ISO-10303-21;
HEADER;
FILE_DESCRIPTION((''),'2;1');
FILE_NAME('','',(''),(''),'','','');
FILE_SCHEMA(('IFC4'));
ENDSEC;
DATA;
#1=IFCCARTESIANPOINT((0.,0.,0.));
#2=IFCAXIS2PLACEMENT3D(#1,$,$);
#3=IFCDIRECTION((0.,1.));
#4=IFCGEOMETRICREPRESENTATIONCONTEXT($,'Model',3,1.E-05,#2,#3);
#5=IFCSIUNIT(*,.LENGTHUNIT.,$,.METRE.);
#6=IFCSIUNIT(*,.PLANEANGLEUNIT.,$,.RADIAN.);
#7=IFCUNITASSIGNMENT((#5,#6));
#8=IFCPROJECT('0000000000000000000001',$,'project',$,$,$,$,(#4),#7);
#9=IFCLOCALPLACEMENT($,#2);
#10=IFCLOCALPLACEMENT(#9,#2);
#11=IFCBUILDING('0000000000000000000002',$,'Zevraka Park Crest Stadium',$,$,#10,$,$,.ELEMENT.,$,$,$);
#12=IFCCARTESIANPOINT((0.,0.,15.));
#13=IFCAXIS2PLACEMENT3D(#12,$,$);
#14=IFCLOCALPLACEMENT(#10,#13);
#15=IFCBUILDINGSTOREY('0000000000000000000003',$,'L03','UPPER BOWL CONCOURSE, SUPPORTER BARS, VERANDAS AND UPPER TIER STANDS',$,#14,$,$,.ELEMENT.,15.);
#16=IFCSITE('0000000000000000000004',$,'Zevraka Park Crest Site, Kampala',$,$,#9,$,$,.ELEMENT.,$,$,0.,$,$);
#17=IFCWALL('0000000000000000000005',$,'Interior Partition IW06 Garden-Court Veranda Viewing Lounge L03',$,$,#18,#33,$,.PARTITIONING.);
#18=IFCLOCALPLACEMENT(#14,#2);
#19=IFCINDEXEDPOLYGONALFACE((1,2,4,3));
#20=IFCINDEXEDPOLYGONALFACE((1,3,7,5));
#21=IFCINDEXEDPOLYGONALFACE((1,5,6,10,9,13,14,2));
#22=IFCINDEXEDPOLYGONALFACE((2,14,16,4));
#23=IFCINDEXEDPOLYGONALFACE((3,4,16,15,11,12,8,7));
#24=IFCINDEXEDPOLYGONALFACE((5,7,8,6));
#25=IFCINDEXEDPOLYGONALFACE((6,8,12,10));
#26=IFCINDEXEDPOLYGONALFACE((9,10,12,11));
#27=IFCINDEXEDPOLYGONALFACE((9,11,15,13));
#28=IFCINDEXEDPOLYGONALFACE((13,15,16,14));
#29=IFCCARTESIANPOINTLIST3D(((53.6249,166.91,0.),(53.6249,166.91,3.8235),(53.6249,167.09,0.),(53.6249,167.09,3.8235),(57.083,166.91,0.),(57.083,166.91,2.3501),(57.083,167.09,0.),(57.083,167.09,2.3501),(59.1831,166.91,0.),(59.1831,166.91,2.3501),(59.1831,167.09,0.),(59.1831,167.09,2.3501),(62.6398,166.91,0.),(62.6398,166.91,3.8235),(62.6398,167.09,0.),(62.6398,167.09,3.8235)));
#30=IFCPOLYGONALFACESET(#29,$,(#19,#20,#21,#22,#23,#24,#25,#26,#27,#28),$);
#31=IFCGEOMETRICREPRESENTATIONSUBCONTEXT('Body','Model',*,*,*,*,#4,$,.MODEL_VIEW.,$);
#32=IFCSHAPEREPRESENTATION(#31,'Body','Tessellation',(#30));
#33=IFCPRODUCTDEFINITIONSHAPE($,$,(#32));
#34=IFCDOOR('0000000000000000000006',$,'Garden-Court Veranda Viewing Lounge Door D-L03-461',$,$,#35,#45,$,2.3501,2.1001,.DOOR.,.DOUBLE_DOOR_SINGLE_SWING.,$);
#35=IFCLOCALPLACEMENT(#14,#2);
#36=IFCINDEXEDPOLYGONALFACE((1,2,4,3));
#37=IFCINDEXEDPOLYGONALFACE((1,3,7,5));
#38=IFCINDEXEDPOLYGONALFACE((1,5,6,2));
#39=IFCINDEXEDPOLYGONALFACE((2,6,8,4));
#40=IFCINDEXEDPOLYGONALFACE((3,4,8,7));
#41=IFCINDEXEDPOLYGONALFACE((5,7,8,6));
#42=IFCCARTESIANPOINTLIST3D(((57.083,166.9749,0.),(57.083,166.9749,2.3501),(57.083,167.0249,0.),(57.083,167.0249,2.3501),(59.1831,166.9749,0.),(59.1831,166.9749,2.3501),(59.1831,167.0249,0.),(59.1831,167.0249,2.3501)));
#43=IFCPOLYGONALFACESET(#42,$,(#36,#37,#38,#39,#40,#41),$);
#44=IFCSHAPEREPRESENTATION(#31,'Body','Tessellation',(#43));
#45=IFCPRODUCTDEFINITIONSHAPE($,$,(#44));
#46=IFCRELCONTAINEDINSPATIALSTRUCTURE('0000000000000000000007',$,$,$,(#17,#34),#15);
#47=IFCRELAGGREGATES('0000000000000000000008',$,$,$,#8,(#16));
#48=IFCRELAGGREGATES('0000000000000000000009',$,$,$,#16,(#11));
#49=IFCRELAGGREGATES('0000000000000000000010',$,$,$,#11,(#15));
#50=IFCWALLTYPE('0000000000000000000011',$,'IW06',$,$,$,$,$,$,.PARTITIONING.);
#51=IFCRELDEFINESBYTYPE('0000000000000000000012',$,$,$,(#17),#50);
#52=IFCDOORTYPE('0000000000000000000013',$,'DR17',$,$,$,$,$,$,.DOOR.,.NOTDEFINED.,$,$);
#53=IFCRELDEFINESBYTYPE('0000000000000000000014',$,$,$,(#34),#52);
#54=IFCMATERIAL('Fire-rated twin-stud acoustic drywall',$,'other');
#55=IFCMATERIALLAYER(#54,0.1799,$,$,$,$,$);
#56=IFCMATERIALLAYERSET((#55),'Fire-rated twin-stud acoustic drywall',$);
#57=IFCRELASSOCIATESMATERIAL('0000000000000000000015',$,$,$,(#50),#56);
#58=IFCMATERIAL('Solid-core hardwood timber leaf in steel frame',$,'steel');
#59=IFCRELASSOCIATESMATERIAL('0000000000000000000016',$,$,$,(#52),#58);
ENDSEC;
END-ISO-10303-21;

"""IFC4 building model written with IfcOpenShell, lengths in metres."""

from ifc_helpers import new_model, si_unit, direction, frame, frame_2d, origin, place, context, subcontext, project, spatial, rectangle, extrude, material, layer, layer_set, type_object, element, fill, save


model = new_model("IFC4")

# Units and contexts
model_context = context("Model", 3, precision=1e-05, world=origin(), true_north=direction((0.0, 1.0)))
body_context = subcontext(model_context, "Body", "Model", "MODEL_VIEW")
ifc_project = project(units=[si_unit("LENGTHUNIT", "METRE"), si_unit("PLANEANGLEUNIT", "RADIAN")], contexts=[model_context])

# Site, building, storey
site_placement = place(None, origin())
site = spatial("IfcSite", under=ifc_project, at=site_placement, Name="Zevraka Park Crest Site, Kampala", CompositionType="ELEMENT", RefElevation=0.0)
building_placement = place(site_placement, origin())
building = spatial("IfcBuilding", under=site, at=building_placement, Name="Zevraka Park Crest Stadium", CompositionType="ELEMENT")
storey_placement = place(building_placement, frame((0.0, 0.0, 15.0)))
storey = spatial("IfcBuildingStorey", under=building, at=storey_placement, Name="L03", Description="UPPER BOWL CONCOURSE, SUPPORTER BARS, VERANDAS AND UPPER TIER STANDS", CompositionType="ELEMENT", Elevation=15.0)

# Wall, opening, door
ifc_material_1 = material(Name="Fire-rated twin-stud acoustic drywall", Category="other")
ifc_layer = layer(ifc_material_1, 0.1799)
ifc_layer_set = layer_set([ifc_layer], Name="Fire-rated twin-stud acoustic drywall")
wall_type = type_object("IfcWallType", Name="IW06", PredefinedType="PARTITIONING", material=ifc_layer_set)
wall_1_placement = place(storey_placement, frame((53.625, 167.0, 0.0), z_axis=(0.0, 0.0, 1.0), x_axis=(1.0, 0.0, 0.0)))
wall_1 = element("IfcWall", 1, at=wall_1_placement, inside=storey, type_object=wall_type, Name="Interior Partition IW06 Garden-Court Veranda Viewing Lounge L03", PredefinedType="PARTITIONING", context=body_context, shape_type="SweptSolid", body=[
    extrude(rectangle(XDim=9.0149, YDim=0.1799, at=frame_2d((4.5073, 0.0))), origin(), (0.0, 0.0, 1.0), 3.8235),
])
opening_1_placement = place(wall_1_placement, frame((3.458, 0.0, 0.0)))
opening_1 = element("IfcOpeningElement", 2, at=opening_1_placement, cuts=wall_1, PredefinedType="OPENING", context=body_context, shape_type="SweptSolid", body=[
    extrude(rectangle(XDim=2.1001, YDim=2.3501, at=frame_2d((1.05, 1.175))), frame((0.0, 0.0999, 0.0), z_axis=(0.0, -1.0, 0.0), x_axis=(1.0, 0.0, 0.0)), (0.0, 0.0, 1.0), 0.2),
])
ifc_material_2 = material(Name="Solid-core hardwood timber leaf in steel frame", Category="steel")
door_type_1 = type_object("IfcDoorType", Name="DR17", OperationType="NOTDEFINED", PredefinedType="DOOR", material=ifc_material_2)
door_1_placement = place(opening_1_placement, origin())
door_1 = element("IfcDoor", 3, at=door_1_placement, inside=storey, type_object=door_type_1, Name="Garden-Court Veranda Viewing Lounge Door D-L03-461", OperationType="DOUBLE_DOOR_SINGLE_SWING", OverallHeight=2.3501, OverallWidth=2.1001, PredefinedType="DOOR", context=body_context, shape_type="SweptSolid", body=[
    extrude(rectangle(XDim=2.1001, YDim=2.3501, at=frame_2d((1.05, 1.175))), frame((0.0, 0.0249, 0.0), z_axis=(0.0, -1.0, 0.0), x_axis=(1.0, 0.0, 0.0)), (0.0, 0.0, 1.0), 0.05),
])
fill(opening_1, door_1)

save(model, "model.ifc")
